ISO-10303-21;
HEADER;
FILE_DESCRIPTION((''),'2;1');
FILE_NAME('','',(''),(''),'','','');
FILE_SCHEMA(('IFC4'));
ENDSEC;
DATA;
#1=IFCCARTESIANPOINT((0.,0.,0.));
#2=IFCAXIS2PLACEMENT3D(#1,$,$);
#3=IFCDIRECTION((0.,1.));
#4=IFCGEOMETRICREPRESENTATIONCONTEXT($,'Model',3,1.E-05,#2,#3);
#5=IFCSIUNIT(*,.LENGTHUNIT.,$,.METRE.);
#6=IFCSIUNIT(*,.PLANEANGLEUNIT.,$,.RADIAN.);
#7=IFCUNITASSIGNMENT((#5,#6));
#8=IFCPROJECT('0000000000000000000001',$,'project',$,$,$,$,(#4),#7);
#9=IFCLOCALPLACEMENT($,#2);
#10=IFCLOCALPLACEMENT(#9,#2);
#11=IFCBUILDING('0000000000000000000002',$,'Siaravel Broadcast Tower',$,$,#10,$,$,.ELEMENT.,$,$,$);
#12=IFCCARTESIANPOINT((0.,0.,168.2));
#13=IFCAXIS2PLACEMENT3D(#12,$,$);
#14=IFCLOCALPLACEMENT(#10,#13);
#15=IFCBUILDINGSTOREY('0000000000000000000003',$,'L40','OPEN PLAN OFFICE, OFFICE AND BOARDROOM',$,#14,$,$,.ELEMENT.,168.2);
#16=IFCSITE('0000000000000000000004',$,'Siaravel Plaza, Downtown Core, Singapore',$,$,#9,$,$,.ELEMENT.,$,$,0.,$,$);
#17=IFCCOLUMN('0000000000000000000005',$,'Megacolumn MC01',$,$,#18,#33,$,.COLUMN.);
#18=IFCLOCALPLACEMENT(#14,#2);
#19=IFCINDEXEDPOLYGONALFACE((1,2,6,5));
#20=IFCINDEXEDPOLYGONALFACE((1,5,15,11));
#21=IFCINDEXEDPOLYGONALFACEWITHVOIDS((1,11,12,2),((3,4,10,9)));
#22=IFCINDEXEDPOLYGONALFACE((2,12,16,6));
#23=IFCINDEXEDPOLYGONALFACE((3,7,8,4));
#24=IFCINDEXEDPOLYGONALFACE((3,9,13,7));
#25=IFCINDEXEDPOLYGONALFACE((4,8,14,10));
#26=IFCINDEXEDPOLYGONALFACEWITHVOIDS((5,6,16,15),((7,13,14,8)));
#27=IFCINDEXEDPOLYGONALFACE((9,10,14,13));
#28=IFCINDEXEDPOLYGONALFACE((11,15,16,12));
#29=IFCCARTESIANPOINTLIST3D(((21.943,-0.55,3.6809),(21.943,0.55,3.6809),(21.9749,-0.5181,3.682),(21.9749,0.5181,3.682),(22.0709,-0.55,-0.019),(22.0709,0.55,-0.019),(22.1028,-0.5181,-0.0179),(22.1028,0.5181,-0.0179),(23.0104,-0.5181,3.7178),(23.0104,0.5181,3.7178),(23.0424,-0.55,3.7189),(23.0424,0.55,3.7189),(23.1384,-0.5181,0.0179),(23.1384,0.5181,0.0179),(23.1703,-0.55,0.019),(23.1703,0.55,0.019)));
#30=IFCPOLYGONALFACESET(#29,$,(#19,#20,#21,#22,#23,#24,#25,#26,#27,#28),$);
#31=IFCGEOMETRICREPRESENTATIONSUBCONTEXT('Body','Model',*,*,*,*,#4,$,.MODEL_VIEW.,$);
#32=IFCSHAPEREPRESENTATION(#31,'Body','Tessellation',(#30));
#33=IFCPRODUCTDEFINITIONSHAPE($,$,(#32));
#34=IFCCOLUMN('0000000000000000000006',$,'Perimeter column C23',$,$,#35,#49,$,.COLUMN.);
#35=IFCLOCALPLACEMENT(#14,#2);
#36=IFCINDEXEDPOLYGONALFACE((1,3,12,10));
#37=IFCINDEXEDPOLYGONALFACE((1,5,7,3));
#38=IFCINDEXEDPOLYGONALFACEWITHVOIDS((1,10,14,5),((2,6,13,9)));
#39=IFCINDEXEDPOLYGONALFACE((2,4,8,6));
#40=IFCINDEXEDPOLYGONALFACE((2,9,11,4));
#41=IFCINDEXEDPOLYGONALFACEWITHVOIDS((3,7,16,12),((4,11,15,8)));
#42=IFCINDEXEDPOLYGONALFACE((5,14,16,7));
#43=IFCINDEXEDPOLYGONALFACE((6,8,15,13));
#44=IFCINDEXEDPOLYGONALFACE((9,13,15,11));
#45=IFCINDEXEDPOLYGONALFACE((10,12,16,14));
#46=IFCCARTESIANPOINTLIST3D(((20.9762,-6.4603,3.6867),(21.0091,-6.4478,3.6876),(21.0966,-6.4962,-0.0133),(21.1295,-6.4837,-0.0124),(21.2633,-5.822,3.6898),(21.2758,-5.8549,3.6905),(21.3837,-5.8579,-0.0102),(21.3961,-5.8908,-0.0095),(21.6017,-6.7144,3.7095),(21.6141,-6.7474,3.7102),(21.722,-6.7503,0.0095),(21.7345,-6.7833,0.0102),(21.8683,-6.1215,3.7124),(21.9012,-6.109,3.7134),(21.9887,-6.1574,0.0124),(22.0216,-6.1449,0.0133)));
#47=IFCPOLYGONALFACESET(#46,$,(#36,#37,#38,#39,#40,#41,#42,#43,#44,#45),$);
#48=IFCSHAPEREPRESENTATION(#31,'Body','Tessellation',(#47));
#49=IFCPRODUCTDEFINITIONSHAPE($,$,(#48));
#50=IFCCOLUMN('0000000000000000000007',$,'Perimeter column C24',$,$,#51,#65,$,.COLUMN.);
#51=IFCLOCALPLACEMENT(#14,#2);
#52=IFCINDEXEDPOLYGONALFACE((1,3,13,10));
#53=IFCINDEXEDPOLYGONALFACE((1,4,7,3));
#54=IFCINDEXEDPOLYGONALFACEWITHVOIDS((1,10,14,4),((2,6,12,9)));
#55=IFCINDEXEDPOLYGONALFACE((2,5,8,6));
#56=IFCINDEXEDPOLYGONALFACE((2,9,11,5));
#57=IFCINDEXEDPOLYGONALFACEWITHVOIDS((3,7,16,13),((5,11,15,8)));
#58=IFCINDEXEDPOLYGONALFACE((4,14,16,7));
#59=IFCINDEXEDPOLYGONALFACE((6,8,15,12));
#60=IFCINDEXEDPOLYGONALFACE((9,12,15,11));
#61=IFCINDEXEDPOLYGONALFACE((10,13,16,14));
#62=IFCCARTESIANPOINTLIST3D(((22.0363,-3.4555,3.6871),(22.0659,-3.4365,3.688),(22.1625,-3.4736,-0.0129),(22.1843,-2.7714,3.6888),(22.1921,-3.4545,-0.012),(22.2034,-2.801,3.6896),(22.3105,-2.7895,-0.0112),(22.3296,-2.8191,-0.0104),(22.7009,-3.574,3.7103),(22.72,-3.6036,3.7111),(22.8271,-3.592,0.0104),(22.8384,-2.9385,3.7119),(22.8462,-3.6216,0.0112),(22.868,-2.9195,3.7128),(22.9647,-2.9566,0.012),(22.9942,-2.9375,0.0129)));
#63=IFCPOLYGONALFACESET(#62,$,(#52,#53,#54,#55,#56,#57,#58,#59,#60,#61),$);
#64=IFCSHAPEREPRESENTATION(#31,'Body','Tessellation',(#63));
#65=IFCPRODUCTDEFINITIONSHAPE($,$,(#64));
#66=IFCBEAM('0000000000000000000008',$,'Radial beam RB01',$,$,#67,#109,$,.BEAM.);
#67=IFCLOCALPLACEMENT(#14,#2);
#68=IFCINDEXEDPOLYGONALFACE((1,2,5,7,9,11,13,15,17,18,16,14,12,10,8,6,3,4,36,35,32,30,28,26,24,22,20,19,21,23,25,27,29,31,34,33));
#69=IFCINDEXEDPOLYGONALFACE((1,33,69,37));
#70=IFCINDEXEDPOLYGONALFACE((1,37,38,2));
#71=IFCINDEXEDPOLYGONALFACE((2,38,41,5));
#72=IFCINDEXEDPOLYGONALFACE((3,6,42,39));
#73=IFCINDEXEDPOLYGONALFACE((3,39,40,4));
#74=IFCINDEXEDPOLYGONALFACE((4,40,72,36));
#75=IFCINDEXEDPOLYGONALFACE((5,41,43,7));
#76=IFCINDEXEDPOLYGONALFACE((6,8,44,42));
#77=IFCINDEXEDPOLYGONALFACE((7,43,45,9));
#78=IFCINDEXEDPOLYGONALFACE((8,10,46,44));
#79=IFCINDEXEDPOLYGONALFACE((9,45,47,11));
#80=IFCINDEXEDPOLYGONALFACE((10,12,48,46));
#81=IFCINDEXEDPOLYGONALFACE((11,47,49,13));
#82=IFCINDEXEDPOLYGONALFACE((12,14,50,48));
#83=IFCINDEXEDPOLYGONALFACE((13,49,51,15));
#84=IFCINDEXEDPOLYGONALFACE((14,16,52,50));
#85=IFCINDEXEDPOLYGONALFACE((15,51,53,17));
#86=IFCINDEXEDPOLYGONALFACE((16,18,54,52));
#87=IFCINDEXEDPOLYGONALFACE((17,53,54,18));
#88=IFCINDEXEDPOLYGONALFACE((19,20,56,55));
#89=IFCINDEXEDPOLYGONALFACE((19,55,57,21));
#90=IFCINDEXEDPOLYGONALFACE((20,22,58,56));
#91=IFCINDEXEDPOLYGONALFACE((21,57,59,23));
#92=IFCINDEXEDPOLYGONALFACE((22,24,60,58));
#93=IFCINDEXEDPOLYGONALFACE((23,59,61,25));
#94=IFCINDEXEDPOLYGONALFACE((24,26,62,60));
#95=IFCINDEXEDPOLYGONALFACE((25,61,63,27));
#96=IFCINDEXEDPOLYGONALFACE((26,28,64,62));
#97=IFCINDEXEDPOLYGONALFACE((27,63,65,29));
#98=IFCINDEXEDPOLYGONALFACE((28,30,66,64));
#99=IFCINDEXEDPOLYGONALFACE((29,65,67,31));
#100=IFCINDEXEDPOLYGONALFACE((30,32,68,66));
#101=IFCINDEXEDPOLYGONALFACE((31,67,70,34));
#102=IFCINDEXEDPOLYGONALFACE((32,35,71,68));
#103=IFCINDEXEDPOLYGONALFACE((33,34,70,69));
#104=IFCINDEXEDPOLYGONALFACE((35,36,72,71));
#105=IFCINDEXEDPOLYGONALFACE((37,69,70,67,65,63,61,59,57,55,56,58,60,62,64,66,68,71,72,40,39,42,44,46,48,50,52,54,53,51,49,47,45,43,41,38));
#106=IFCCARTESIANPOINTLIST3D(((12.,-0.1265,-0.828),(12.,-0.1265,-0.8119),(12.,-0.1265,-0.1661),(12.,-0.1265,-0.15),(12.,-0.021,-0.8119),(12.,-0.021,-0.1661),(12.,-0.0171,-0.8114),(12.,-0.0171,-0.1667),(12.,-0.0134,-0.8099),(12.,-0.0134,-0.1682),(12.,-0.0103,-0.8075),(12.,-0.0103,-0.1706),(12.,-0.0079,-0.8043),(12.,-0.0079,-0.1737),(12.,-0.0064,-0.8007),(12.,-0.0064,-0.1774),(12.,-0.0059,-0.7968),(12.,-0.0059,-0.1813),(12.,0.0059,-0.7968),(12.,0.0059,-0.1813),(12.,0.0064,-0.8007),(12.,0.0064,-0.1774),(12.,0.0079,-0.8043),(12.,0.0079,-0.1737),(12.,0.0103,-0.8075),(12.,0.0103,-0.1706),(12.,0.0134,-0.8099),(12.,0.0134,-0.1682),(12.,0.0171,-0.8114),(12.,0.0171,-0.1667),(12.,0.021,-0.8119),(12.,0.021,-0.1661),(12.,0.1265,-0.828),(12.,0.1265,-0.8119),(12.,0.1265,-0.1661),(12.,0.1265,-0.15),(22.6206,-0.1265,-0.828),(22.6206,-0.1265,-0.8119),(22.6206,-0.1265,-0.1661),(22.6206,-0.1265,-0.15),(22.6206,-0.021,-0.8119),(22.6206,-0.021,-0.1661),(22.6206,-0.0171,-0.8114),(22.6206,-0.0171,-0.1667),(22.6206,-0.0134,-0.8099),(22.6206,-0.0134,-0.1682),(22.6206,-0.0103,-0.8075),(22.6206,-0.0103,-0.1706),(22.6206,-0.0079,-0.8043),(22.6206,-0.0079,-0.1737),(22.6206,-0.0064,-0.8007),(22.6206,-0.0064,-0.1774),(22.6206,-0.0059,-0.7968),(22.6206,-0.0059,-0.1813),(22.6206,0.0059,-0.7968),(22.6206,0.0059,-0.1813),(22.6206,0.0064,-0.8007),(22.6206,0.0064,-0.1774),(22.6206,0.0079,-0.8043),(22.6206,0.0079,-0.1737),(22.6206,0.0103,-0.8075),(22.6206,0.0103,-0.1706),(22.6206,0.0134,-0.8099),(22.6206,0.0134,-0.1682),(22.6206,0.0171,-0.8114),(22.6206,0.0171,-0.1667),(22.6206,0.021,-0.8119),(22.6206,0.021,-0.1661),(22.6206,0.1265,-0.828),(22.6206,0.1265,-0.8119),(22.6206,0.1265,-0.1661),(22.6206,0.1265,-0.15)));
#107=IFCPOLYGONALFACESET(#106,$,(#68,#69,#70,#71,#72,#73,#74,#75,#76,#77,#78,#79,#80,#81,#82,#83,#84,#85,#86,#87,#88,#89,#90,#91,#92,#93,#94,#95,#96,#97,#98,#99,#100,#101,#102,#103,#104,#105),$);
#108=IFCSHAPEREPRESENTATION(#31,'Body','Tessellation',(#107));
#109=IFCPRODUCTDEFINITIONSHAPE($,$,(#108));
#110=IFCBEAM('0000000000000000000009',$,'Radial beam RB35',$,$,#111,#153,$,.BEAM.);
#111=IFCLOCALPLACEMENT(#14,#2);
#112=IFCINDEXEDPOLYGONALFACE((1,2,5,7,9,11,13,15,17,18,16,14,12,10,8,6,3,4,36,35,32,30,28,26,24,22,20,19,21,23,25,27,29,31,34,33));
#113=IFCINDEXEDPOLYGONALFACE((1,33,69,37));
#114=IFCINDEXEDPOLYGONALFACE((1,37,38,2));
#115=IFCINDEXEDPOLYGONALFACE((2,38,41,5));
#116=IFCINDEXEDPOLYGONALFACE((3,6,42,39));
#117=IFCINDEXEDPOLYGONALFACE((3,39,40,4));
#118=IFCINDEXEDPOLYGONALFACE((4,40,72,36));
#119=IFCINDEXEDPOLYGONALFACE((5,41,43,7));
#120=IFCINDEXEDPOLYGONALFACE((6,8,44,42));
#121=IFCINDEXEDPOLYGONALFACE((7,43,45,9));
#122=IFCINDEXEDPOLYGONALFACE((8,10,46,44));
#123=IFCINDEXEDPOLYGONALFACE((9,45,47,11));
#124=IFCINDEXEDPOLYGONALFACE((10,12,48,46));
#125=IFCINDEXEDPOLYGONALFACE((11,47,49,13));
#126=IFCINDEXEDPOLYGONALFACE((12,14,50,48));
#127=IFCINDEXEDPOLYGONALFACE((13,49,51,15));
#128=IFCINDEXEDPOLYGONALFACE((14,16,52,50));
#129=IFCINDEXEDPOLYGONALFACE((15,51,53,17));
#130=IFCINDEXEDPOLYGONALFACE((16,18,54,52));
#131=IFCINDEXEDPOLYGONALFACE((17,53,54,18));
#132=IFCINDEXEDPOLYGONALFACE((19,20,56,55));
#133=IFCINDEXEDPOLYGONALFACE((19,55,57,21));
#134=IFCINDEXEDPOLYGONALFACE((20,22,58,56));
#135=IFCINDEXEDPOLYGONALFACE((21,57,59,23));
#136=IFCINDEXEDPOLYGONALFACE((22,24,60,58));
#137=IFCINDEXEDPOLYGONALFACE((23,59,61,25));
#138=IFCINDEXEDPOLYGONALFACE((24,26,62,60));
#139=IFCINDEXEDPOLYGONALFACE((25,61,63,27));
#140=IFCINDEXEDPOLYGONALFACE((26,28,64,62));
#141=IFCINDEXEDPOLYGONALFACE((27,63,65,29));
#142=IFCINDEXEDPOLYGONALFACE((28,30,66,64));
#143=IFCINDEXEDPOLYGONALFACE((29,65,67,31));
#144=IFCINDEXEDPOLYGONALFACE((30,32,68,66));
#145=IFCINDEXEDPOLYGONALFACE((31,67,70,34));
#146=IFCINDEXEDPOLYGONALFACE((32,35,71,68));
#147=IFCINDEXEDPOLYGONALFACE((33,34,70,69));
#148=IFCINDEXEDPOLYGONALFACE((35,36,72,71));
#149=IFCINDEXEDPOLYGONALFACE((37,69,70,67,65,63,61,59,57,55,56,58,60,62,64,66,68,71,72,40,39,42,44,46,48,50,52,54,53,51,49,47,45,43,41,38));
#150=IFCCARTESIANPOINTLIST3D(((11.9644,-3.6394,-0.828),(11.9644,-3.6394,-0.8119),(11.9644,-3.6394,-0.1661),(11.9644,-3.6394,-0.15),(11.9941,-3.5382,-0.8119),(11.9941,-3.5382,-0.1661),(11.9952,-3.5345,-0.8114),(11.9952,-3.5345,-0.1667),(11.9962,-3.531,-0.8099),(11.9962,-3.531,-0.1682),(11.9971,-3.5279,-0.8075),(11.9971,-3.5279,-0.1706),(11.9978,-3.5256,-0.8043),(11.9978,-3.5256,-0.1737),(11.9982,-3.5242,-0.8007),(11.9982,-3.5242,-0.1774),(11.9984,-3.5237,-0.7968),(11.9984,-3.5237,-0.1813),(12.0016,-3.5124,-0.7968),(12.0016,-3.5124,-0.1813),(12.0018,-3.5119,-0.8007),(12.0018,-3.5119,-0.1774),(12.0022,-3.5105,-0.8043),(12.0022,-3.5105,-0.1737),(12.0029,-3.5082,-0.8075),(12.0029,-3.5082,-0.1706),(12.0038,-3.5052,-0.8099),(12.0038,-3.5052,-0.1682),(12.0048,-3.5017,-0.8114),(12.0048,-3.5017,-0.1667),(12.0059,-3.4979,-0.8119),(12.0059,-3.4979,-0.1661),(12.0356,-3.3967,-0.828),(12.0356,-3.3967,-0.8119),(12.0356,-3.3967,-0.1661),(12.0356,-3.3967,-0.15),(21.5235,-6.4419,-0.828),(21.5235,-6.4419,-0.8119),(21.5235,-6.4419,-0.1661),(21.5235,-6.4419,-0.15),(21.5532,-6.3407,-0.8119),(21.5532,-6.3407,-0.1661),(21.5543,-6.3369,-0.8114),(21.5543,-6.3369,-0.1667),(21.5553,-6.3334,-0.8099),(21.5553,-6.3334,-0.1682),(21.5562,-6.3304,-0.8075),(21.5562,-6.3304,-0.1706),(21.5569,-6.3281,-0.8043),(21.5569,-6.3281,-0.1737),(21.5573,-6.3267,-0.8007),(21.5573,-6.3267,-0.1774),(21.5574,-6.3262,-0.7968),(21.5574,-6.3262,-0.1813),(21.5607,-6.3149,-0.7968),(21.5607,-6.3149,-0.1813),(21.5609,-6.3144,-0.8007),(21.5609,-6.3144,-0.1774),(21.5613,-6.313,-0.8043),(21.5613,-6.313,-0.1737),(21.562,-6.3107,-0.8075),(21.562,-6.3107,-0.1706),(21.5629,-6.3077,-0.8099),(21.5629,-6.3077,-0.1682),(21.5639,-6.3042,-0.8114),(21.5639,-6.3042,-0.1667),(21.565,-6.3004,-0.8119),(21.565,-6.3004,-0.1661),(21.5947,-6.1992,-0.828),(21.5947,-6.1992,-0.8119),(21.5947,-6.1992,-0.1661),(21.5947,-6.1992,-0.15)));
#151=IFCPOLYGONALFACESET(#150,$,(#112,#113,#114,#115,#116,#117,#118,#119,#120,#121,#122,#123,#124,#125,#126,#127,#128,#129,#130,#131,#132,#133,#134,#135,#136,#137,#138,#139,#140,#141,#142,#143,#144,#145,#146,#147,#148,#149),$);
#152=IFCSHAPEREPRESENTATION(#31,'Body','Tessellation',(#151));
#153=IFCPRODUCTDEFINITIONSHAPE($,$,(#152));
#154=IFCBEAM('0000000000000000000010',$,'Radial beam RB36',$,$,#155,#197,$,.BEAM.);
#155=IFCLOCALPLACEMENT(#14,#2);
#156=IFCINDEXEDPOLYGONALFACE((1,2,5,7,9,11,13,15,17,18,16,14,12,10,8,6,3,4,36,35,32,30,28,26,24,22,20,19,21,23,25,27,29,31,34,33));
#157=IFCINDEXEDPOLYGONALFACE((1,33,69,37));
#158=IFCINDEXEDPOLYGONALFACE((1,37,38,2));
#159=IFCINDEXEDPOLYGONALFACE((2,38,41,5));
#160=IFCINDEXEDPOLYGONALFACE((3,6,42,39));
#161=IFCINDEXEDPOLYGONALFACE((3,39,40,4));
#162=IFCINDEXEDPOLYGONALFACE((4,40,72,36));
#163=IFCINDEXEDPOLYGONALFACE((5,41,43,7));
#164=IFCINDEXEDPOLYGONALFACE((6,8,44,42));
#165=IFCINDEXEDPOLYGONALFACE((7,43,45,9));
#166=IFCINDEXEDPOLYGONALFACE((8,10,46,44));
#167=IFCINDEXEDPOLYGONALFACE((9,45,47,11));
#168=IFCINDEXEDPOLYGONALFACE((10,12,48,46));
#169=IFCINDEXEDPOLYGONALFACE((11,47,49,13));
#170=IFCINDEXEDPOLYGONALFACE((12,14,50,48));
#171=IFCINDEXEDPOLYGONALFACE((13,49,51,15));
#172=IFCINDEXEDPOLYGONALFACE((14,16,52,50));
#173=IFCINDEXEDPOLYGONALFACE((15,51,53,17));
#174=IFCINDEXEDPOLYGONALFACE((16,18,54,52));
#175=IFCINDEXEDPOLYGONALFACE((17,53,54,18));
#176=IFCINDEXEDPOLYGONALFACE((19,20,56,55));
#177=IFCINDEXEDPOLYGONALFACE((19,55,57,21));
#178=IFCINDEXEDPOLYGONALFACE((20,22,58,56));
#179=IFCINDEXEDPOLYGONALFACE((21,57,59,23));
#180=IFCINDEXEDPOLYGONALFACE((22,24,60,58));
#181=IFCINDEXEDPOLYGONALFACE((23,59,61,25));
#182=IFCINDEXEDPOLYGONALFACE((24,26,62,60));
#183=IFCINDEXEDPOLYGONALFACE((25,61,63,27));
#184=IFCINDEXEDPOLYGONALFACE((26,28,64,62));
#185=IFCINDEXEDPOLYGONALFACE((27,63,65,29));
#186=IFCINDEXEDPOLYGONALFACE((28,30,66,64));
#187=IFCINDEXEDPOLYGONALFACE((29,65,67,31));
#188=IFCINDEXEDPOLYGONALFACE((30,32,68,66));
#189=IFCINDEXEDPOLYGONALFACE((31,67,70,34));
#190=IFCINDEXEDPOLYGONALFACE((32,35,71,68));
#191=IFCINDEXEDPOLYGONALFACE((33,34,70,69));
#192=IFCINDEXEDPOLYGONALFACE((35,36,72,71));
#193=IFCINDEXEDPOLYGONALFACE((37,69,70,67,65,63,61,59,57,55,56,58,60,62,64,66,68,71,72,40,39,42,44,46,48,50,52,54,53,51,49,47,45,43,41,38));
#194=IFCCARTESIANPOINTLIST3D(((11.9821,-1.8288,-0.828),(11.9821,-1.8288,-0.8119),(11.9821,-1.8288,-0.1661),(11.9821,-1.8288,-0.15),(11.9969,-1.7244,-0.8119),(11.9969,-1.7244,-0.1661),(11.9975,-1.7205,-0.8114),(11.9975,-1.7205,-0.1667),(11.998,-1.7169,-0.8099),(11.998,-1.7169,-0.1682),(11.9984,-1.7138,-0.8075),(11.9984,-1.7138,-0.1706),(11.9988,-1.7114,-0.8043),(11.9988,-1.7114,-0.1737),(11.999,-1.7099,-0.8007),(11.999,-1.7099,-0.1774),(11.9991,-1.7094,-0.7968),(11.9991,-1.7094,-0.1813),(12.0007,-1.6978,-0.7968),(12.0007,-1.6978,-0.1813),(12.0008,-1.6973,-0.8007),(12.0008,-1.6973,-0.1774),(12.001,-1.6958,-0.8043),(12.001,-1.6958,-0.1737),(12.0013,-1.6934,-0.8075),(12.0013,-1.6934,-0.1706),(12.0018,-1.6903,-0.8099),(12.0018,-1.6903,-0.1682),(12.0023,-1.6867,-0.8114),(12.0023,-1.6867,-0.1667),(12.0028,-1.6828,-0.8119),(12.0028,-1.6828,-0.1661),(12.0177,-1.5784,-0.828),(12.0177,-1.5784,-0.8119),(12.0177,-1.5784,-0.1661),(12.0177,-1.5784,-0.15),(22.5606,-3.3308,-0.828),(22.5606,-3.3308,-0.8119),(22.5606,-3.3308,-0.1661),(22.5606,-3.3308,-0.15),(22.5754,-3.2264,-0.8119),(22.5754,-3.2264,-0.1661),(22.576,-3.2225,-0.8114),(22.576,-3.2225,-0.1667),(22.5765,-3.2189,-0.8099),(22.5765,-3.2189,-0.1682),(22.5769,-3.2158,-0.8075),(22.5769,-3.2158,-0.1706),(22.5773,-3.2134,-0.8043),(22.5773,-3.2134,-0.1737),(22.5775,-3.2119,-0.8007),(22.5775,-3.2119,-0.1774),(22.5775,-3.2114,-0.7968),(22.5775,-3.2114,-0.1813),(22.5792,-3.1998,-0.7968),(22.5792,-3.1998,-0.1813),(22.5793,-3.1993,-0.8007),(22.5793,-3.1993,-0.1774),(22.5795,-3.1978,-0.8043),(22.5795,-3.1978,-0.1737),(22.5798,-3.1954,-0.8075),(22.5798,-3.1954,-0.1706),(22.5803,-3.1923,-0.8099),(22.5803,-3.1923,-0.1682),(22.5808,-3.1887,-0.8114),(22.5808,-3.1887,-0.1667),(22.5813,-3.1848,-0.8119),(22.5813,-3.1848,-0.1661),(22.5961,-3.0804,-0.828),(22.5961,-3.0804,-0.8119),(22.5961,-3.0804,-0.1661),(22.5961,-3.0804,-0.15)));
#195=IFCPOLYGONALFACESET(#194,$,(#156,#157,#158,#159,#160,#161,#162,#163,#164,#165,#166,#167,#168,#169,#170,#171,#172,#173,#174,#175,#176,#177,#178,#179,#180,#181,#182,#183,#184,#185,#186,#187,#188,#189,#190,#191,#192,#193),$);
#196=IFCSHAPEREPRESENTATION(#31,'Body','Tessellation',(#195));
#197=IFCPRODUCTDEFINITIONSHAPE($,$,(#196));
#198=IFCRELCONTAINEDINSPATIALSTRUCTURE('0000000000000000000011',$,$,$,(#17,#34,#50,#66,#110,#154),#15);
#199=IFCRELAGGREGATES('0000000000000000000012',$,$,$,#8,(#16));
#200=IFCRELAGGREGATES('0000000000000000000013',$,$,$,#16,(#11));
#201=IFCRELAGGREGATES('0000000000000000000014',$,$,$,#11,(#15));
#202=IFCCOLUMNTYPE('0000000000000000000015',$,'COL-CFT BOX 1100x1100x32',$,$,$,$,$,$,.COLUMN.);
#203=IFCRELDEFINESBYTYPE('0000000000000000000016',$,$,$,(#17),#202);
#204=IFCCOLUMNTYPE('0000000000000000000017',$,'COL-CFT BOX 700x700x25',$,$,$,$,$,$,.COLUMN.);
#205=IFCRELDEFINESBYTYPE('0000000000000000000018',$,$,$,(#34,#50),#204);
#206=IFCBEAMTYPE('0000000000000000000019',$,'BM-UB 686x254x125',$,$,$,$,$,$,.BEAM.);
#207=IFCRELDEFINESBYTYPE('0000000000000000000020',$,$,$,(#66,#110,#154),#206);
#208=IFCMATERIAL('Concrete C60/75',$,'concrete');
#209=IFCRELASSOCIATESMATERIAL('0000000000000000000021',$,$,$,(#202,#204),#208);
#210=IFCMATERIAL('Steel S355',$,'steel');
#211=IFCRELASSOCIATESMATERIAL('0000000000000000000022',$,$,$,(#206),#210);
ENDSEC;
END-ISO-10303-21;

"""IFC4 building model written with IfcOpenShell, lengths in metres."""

from ifc_helpers import new_model, si_unit, direction, frame, origin, origin_2d, place, context, subcontext, project, spatial, hollow_rectangle, i_section, extrude, material, material_profile, profile_set, type_object, element, save


model = new_model("IFC4")

# Units and contexts
model_context = context("Model", 3, precision=1e-05, world=origin(), true_north=direction((0.0, 1.0)))
body_context = subcontext(model_context, "Body", "Model", "MODEL_VIEW")
ifc_project = project(units=[si_unit("LENGTHUNIT", "METRE"), si_unit("PLANEANGLEUNIT", "RADIAN")], contexts=[model_context])

# Site, building, storey
site_placement = place(None, origin())
site = spatial("IfcSite", under=ifc_project, at=site_placement, Name="Siaravel Plaza, Downtown Core, Singapore", CompositionType="ELEMENT", RefElevation=0.0)
building_placement = place(site_placement, origin())
building = spatial("IfcBuilding", under=site, at=building_placement, Name="Siaravel Broadcast Tower", CompositionType="ELEMENT")
storey_placement = place(building_placement, frame((0.0, 0.0, 168.2)))
storey = spatial("IfcBuildingStorey", under=building, at=storey_placement, Name="L40", Description="OPEN PLAN OFFICE, OFFICE AND BOARDROOM", CompositionType="ELEMENT", Elevation=168.2)

# Columns
ifc_material_1 = material(Name="Concrete C60/75", Category="concrete")
ifc_material_profile_1 = material_profile(ifc_material_1, hollow_rectangle(XDim=1.1001, YDim=1.1001, WallThickness=0.032, at=origin_2d()))
ifc_profile_set_1 = profile_set([ifc_material_profile_1], Name="Concrete C60/75")
column_type_1 = type_object("IfcColumnType", Name="COL-CFT BOX 1100x1100x32", PredefinedType="COLUMN", material=ifc_profile_set_1)
column_placement = place(storey_placement, frame((22.6206, 0.0, 0.0), z_axis=(-0.034555, 0.0, 0.999403), x_axis=(0.0, -1.0, 0.0)))
element("IfcColumn", 1, at=column_placement, inside=storey, type_object=column_type_1, Name="Megacolumn MC01", PredefinedType="COLUMN", context=body_context, shape_type="SweptSolid", body=[
    extrude(hollow_rectangle(XDim=1.1001, YDim=1.1001, WallThickness=0.032, at=origin_2d()), origin(), (0.0, 0.0, 1.0), 3.7021),
])
ifc_material_profile_2 = material_profile(ifc_material_1, hollow_rectangle(XDim=0.7, YDim=0.7, WallThickness=0.0249, at=origin_2d()))
ifc_profile_set_2 = profile_set([ifc_material_profile_2], Name="Concrete C60/75")
column_type_2 = type_object("IfcColumnType", Name="COL-CFT BOX 700x700x25", PredefinedType="COLUMN", material=ifc_profile_set_2)
for number, where, z_axis, x_axis, name in (
    (2, (21.5591, -6.3206, 0.0), (-0.032512, 0.009694, 0.999424), (-0.410188, -0.91199, -0.004498), "Perimeter column C23"),
    (3, (22.5784, -3.2056, 0.0), (-0.034094, 0.00488, 0.999407), (-0.211515, -0.977372, -0.002443), "Perimeter column C24"),
):
    element("IfcColumn", number, at=place(storey_placement, frame(where, z_axis=z_axis, x_axis=x_axis)), inside=storey, type_object=column_type_2, Name=name, PredefinedType="COLUMN", context=body_context, shape_type="SweptSolid", body=[
        extrude(hollow_rectangle(XDim=0.7, YDim=0.7, WallThickness=0.0249, at=origin_2d()), origin(), (0.0, 0.0, 1.0), 3.7021),
    ])

# Beams
ifc_material_2 = material(Name="Steel S355", Category="steel")
ifc_material_profile_3 = material_profile(ifc_material_2, i_section(OverallWidth=0.2529, OverallDepth=0.678, WebThickness=0.0117, FlangeThickness=0.0161, FilletRadius=0.0151, at=origin_2d()))
ifc_profile_set_3 = profile_set([ifc_material_profile_3], Name="Steel S355")
beam_type = type_object("IfcBeamType", Name="BM-UB 686x254x125", PredefinedType="BEAM", material=ifc_profile_set_3)
beam_1_placement = place(storey_placement, frame((22.6206, 0.0, -0.489), z_axis=(-1.0, 0.0, 0.0), x_axis=(0.0, -1.0, 0.0)))
element("IfcBeam", 4, at=beam_1_placement, inside=storey, type_object=beam_type, Name="Radial beam RB01", PredefinedType="BEAM", context=body_context, shape_type="SweptSolid", body=[
    extrude(i_section(OverallWidth=0.2529, OverallDepth=0.678, WebThickness=0.0117, FlangeThickness=0.0161, FilletRadius=0.0151, at=origin_2d()), origin(), (0.0, 0.0, 1.0), 10.6206),
])
beam_2_placement = place(storey_placement, frame((21.5591, -6.3206, -0.489), z_axis=(-0.95961, 0.281334, 0.0), x_axis=(-0.281334, -0.95961, 0.0)))
element("IfcBeam", 5, at=beam_2_placement, inside=storey, type_object=beam_type, Name="Radial beam RB35", PredefinedType="BEAM", context=body_context, shape_type="SweptSolid", body=[
    extrude(i_section(OverallWidth=0.2529, OverallDepth=0.678, WebThickness=0.0117, FlangeThickness=0.0161, FilletRadius=0.0151, at=origin_2d()), origin(), (0.0, 0.0, 1.0), 9.9614),
])
beam_3_placement = place(storey_placement, frame((22.5784, -3.2056, -0.489), z_axis=(-0.99007, 0.140574, 0.0), x_axis=(-0.140574, -0.99007, 0.0)))
element("IfcBeam", 6, at=beam_3_placement, inside=storey, type_object=beam_type, Name="Radial beam RB36", PredefinedType="BEAM", context=body_context, shape_type="SweptSolid", body=[
    extrude(i_section(OverallWidth=0.2529, OverallDepth=0.678, WebThickness=0.0117, FlangeThickness=0.0161, FilletRadius=0.0151, at=origin_2d()), origin(), (0.0, 0.0, 1.0), 10.6846),
])

save(model, "model.ifc")
